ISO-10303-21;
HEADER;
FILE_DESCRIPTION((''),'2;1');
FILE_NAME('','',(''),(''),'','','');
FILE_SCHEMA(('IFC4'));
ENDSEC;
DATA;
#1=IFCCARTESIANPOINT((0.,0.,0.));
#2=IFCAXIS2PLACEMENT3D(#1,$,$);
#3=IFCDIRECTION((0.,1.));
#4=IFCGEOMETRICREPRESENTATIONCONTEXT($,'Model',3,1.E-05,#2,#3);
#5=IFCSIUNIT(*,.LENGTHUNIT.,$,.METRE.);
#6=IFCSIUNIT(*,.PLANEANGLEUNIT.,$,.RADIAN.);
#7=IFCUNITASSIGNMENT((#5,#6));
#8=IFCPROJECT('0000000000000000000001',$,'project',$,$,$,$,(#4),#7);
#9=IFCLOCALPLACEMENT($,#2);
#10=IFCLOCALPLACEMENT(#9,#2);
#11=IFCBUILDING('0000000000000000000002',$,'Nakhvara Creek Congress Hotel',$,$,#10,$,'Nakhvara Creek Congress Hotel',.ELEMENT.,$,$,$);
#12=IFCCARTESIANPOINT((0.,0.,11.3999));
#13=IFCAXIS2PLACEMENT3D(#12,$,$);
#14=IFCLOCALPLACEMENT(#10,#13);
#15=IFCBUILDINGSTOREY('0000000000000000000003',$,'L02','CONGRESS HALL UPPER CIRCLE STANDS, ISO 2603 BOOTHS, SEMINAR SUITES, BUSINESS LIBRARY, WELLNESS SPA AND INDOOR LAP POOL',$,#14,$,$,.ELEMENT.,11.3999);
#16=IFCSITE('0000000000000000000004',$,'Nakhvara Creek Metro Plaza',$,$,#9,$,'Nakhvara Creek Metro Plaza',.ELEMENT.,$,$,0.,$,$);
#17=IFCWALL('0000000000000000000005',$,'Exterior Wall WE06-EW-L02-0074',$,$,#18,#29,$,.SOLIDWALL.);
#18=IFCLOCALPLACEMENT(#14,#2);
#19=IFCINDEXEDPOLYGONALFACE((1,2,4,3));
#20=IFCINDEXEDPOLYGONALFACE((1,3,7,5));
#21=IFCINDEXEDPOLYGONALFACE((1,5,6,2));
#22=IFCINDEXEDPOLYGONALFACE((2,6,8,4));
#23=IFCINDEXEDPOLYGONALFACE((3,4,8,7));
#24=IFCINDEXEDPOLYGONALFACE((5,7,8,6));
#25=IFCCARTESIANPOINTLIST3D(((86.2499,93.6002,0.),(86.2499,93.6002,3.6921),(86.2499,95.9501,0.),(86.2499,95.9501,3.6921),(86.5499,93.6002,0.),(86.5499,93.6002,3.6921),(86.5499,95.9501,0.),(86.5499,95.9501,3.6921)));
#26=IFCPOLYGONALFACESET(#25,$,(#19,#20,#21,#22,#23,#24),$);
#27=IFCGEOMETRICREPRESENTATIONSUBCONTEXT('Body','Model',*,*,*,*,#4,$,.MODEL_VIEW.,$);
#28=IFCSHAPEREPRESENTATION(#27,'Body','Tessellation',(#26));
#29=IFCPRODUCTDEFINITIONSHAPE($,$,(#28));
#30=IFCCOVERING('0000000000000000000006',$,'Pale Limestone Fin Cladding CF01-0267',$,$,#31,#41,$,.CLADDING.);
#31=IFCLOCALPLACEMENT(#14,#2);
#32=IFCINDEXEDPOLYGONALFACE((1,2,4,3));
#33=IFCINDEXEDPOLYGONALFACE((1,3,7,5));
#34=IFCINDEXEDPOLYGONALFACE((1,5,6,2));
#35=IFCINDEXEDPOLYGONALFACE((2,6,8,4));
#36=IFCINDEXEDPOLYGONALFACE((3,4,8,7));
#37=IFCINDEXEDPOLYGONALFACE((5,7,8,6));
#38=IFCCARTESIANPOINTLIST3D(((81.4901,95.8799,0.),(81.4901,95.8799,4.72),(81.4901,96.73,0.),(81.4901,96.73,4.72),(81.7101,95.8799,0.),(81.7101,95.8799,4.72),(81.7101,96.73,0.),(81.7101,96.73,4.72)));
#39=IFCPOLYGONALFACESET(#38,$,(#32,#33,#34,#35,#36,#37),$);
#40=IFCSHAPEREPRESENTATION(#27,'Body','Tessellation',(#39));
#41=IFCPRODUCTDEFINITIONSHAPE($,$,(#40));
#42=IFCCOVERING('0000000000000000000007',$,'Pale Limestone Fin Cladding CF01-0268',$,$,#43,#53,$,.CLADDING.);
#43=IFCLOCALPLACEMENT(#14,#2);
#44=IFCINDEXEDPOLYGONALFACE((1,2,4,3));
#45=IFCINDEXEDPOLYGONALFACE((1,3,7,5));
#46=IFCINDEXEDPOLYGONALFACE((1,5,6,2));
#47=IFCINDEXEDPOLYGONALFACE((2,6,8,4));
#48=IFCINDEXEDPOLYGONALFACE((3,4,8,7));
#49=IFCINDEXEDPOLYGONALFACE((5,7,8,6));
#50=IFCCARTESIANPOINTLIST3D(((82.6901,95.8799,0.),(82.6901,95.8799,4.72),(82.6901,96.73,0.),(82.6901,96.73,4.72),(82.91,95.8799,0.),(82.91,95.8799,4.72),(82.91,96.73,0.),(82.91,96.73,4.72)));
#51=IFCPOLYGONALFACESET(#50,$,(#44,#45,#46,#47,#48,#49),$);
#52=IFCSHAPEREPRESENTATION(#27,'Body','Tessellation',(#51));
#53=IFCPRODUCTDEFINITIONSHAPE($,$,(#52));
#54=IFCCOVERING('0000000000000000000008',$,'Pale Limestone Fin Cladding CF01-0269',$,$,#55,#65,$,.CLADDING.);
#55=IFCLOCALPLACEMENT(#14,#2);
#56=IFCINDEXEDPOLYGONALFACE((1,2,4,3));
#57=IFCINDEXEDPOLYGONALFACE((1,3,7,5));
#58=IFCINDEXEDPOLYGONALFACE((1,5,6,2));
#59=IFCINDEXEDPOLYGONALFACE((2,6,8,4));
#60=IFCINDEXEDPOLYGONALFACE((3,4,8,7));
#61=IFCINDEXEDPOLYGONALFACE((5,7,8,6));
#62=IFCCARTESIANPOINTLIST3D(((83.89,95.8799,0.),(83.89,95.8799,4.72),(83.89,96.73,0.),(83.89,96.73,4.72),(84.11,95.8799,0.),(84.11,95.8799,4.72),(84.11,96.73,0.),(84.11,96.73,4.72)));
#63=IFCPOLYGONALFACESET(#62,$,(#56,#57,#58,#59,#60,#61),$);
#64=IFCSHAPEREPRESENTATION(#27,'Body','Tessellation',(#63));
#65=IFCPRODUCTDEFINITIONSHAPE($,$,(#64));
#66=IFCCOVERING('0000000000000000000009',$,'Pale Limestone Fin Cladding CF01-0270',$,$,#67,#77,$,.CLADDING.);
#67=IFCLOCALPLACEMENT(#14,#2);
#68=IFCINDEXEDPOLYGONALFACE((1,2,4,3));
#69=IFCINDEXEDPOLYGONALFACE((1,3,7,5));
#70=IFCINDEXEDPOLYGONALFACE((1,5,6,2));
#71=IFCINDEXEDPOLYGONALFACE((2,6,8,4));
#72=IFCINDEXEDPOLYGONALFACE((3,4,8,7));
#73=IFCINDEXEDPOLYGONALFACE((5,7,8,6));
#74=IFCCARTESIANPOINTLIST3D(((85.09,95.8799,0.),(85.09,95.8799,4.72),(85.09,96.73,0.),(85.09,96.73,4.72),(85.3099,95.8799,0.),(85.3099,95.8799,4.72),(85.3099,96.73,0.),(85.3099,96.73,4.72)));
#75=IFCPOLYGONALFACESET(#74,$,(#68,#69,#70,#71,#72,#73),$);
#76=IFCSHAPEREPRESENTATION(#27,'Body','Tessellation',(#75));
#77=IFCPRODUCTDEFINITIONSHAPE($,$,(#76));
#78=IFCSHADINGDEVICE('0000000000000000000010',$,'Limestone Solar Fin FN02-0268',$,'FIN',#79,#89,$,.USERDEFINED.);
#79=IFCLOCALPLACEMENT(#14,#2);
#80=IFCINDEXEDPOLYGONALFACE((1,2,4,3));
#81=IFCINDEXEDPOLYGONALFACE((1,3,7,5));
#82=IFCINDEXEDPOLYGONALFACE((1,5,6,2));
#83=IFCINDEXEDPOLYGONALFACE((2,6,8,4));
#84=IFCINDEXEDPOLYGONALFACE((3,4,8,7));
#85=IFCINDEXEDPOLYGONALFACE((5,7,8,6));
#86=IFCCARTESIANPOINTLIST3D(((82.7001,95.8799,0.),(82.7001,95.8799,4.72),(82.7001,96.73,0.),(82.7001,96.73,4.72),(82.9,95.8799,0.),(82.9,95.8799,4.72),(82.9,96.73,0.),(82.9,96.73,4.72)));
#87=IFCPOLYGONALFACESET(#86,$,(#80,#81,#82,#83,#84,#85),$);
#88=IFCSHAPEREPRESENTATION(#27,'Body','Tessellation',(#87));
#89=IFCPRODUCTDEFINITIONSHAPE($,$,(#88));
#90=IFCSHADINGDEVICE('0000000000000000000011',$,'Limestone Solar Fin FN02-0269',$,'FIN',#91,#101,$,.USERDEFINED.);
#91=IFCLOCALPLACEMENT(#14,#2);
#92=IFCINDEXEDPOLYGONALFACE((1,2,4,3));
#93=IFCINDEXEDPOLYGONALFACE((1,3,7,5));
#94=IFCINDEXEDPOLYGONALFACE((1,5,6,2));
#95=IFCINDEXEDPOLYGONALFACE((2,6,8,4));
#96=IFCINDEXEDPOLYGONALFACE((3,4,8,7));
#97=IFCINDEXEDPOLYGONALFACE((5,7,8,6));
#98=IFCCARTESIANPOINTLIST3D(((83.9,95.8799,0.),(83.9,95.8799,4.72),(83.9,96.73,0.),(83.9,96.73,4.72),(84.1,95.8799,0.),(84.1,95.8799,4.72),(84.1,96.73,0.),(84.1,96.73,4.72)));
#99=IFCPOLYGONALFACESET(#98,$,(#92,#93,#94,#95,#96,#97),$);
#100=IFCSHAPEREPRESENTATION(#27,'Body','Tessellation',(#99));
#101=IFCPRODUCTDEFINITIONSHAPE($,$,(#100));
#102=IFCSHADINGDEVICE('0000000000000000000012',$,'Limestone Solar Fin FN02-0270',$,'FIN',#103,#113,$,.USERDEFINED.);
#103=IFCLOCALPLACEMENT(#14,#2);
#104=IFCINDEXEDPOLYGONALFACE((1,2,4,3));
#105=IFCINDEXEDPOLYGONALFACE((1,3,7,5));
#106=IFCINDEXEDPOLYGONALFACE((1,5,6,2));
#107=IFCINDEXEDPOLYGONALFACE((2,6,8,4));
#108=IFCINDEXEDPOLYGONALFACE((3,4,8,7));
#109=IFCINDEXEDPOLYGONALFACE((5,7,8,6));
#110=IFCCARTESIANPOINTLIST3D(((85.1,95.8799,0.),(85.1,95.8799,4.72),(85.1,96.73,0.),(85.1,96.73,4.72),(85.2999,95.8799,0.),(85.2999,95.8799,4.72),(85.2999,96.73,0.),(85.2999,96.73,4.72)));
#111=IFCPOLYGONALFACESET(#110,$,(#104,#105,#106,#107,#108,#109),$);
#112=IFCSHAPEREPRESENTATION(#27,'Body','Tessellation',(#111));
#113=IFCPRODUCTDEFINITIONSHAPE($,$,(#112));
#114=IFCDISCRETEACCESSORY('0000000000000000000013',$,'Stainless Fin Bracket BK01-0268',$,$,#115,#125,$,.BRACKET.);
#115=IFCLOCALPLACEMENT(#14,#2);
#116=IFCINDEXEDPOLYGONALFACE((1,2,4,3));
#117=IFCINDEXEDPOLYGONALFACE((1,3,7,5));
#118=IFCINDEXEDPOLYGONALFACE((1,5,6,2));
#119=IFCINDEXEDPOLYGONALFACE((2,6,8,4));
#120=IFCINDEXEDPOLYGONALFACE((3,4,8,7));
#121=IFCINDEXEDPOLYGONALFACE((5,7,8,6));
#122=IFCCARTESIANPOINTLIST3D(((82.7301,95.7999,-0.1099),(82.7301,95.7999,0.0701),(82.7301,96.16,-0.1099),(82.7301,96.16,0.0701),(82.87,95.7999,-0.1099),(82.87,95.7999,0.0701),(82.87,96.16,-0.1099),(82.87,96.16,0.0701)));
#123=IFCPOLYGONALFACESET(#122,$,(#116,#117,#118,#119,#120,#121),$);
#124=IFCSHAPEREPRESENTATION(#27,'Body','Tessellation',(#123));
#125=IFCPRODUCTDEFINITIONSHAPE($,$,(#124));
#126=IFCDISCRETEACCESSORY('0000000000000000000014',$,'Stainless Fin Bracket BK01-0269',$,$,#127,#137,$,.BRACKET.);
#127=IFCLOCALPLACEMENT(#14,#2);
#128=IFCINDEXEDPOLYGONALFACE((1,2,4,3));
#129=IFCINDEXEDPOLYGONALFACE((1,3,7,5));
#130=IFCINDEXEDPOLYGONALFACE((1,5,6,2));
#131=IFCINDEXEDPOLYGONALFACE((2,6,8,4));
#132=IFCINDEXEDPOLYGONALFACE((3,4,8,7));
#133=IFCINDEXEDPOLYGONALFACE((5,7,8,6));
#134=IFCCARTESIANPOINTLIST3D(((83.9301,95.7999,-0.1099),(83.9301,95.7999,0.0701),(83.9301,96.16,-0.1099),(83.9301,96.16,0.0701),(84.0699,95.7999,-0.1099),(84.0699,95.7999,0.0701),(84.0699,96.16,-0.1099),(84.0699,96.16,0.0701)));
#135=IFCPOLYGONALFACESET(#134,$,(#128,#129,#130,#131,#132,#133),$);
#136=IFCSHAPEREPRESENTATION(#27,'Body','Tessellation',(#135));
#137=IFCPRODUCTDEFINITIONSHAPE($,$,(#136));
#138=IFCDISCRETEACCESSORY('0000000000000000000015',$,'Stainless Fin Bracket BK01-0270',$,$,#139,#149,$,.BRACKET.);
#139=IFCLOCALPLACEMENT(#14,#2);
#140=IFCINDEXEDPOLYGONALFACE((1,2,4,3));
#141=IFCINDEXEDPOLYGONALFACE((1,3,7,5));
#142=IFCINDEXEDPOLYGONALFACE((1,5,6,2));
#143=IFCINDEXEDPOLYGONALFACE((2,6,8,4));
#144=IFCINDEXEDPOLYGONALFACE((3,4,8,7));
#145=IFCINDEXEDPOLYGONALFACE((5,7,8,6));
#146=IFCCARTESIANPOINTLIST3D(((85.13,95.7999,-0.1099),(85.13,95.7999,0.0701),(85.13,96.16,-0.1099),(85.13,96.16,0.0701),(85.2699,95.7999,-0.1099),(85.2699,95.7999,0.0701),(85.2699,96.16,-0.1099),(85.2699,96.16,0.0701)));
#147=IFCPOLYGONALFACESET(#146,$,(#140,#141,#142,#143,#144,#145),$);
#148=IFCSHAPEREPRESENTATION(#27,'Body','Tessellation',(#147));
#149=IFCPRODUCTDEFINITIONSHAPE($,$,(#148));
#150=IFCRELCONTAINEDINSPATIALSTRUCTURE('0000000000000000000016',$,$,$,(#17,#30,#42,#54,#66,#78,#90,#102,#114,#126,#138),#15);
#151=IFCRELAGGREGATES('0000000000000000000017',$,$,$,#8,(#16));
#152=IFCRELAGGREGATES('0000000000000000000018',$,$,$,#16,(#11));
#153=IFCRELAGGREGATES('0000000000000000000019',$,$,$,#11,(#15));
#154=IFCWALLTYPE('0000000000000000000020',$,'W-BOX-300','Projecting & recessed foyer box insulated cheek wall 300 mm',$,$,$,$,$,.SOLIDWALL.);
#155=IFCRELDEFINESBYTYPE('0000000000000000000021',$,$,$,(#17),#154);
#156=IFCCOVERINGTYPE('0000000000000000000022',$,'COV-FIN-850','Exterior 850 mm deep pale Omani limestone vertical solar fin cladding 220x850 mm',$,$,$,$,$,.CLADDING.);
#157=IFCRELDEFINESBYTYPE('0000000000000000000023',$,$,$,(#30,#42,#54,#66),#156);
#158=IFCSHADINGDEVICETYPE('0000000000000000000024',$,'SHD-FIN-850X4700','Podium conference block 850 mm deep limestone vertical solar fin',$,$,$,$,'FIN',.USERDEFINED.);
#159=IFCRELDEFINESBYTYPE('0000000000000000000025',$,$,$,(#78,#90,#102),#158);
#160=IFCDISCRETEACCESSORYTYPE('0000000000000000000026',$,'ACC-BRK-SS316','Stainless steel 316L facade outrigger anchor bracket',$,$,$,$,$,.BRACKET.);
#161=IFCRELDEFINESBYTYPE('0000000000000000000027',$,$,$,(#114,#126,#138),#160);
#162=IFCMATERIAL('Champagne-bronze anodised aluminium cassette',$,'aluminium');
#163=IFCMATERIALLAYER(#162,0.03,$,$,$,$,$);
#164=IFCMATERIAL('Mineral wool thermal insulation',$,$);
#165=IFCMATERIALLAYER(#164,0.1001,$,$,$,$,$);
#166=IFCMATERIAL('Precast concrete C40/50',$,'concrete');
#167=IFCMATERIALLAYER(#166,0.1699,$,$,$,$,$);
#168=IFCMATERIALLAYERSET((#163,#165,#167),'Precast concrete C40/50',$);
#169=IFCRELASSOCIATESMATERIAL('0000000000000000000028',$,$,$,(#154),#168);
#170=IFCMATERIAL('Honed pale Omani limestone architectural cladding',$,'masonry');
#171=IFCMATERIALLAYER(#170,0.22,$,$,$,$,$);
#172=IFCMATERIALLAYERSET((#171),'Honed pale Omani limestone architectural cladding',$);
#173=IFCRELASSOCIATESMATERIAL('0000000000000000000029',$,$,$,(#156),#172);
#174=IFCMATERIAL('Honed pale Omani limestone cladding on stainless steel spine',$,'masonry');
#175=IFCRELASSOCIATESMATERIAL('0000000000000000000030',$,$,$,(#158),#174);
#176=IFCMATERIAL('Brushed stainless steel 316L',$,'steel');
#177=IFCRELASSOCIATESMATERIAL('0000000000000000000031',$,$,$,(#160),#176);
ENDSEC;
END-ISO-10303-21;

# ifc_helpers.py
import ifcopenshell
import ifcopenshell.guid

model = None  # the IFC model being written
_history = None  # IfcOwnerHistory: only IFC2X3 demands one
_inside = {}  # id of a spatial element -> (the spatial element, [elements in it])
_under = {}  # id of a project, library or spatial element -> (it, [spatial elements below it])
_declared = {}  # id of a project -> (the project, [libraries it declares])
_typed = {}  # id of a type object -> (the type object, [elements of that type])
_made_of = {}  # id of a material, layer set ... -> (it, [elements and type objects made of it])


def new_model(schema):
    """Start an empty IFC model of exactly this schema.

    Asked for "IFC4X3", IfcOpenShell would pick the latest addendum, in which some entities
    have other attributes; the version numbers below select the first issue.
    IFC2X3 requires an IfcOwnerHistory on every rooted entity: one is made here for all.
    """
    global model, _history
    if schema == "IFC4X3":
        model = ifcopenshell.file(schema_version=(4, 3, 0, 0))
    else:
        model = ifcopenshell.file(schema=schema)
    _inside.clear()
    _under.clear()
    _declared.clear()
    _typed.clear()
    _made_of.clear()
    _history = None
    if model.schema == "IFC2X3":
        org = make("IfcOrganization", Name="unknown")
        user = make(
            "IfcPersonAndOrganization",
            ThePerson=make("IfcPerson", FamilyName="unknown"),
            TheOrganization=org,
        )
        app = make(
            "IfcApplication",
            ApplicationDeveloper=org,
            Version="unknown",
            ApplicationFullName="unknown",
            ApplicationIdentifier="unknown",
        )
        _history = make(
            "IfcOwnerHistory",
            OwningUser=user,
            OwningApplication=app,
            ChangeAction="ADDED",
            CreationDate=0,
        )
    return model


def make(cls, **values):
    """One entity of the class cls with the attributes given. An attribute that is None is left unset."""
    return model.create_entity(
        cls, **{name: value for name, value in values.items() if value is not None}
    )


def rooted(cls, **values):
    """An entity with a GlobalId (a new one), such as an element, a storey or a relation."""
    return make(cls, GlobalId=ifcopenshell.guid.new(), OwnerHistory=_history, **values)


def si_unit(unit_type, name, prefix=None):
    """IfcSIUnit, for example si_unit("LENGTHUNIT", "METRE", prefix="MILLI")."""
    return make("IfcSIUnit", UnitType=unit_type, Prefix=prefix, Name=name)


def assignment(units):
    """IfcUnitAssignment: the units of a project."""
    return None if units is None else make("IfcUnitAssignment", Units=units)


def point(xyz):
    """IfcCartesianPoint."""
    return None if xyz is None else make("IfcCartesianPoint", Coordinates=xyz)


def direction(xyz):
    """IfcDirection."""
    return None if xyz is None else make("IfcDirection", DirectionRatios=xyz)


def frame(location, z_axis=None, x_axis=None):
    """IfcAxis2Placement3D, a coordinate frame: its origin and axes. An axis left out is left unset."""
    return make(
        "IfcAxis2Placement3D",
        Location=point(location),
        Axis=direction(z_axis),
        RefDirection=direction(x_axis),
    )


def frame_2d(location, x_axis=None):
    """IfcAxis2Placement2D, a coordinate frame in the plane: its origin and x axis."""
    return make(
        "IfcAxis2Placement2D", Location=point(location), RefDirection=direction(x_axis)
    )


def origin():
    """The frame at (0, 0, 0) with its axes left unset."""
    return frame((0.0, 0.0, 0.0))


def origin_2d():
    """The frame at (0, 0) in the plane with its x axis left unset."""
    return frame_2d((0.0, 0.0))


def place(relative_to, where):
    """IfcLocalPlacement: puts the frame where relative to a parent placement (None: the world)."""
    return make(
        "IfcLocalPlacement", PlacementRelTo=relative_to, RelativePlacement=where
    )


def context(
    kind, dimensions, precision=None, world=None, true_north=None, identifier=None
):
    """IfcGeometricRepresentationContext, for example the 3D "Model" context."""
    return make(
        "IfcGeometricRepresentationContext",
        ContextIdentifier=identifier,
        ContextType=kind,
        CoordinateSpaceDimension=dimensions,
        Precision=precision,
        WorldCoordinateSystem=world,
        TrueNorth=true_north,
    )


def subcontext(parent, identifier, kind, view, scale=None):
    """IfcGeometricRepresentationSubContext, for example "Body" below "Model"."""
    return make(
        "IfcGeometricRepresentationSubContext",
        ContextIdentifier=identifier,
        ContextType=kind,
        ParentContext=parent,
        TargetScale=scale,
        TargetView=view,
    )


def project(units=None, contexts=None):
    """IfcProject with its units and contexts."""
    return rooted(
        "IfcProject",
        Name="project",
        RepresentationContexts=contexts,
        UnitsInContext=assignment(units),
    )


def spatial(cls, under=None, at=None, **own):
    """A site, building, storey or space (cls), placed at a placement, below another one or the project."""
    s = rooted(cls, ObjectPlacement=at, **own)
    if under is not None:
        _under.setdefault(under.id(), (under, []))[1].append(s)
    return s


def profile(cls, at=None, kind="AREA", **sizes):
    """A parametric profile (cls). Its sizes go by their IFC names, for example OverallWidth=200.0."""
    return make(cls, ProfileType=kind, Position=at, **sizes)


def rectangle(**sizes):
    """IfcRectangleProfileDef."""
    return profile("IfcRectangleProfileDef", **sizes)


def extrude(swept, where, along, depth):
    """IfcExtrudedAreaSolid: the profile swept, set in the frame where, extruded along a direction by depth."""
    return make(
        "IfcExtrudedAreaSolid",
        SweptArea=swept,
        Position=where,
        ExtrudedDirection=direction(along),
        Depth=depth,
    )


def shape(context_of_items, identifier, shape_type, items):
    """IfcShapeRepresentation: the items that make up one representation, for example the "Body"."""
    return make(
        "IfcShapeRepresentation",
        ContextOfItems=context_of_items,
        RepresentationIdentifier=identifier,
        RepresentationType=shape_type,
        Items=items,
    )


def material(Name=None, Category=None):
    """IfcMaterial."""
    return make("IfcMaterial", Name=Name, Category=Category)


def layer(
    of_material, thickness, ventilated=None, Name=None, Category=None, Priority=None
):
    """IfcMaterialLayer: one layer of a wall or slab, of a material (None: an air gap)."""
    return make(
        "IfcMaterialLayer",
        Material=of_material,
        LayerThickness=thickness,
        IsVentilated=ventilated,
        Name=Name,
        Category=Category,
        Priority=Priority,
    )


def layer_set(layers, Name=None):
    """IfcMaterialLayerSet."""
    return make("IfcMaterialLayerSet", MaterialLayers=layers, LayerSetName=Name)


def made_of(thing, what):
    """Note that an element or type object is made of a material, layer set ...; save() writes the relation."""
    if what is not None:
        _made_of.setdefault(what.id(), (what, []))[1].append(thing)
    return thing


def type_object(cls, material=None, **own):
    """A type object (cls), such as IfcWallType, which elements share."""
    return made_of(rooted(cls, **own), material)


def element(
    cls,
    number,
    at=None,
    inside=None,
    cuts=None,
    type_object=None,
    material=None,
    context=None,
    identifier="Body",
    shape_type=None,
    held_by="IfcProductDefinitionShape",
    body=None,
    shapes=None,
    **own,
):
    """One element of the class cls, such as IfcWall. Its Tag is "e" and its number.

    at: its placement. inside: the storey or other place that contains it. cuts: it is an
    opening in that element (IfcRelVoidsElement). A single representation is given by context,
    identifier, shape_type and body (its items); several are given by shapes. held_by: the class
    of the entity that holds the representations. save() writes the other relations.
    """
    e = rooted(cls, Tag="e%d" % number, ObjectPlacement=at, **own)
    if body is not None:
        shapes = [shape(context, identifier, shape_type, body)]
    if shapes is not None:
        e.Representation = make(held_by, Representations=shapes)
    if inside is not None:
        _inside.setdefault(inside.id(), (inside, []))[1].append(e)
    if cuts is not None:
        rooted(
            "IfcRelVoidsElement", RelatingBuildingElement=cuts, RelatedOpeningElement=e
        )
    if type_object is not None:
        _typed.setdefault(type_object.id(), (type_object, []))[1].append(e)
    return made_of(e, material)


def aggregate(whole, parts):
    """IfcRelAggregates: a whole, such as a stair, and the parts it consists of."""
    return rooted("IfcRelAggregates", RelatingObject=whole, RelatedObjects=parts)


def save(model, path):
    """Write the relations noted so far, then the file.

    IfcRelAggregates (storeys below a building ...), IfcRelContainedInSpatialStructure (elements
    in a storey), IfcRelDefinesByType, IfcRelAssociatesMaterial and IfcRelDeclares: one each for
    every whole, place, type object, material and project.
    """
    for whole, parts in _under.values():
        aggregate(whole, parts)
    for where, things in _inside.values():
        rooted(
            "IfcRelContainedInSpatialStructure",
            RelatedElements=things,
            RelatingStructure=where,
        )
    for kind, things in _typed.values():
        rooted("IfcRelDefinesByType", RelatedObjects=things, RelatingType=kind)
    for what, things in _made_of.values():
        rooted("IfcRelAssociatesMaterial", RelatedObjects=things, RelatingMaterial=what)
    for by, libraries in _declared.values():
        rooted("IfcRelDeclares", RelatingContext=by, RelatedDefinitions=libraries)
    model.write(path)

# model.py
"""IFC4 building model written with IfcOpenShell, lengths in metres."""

from ifc_helpers import new_model, si_unit, direction, frame, frame_2d, origin, origin_2d, place, context, subcontext, project, spatial, rectangle, extrude, material, layer, layer_set, type_object, element, save


model = new_model("IFC4")

# Units and contexts
model_context = context("Model", 3, precision=1e-05, world=origin(), true_north=direction((0.0, 1.0)))
body_context = subcontext(model_context, "Body", "Model", "MODEL_VIEW")
ifc_project = project(units=[si_unit("LENGTHUNIT", "METRE"), si_unit("PLANEANGLEUNIT", "RADIAN")], contexts=[model_context])

# Site, building, storey
site_placement = place(None, origin())
site = spatial("IfcSite", under=ifc_project, at=site_placement, Name="Nakhvara Creek Metro Plaza", LongName="Nakhvara Creek Metro Plaza", CompositionType="ELEMENT", RefElevation=0.0)
building_placement = place(site_placement, origin())
building = spatial("IfcBuilding", under=site, at=building_placement, Name="Nakhvara Creek Congress Hotel", LongName="Nakhvara Creek Congress Hotel", CompositionType="ELEMENT")
storey_placement = place(building_placement, frame((0.0, 0.0, 11.3999)))
storey = spatial("IfcBuildingStorey", under=building, at=storey_placement, Name="L02", Description="CONGRESS HALL UPPER CIRCLE STANDS, ISO 2603 BOOTHS, SEMINAR SUITES, BUSINESS LIBRARY, WELLNESS SPA AND INDOOR LAP POOL", CompositionType="ELEMENT", Elevation=11.3999)

# Wall
ifc_material_1 = material(Name="Champagne-bronze anodised aluminium cassette", Category="aluminium")
ifc_layer_1 = layer(ifc_material_1, 0.03)
ifc_material_2 = material(Name="Mineral wool thermal insulation")
ifc_layer_2 = layer(ifc_material_2, 0.1001)
ifc_material_3 = material(Name="Precast concrete C40/50", Category="concrete")
ifc_layer_3 = layer(ifc_material_3, 0.1699)
ifc_layer_set_1 = layer_set([ifc_layer_1, ifc_layer_2, ifc_layer_3], Name="Precast concrete C40/50")
wall_type = type_object("IfcWallType", Name="W-BOX-300", Description="Projecting & recessed foyer box insulated cheek wall 300 mm", PredefinedType="SOLIDWALL", material=ifc_layer_set_1)
wall_placement = place(storey_placement, frame((86.3999, 95.95, 0.0), z_axis=(0.0, 0.0, 1.0), x_axis=(0.0, -1.0, 0.0)))
element("IfcWall", 1, at=wall_placement, inside=storey, type_object=wall_type, Name="Exterior Wall WE06-EW-L02-0074", PredefinedType="SOLIDWALL", context=body_context, shape_type="SweptSolid", body=[
    extrude(rectangle(XDim=2.3499, YDim=0.3, at=frame_2d((1.1748, 0.0))), origin(), (0.0, 0.0, 1.0), 3.6921),
])

# Coverings
ifc_material_4 = material(Name="Honed pale Omani limestone architectural cladding", Category="masonry")
ifc_layer_4 = layer(ifc_material_4, 0.22)
ifc_layer_set_2 = layer_set([ifc_layer_4], Name="Honed pale Omani limestone architectural cladding")
covering_type = type_object("IfcCoveringType", Name="COV-FIN-850", Description="Exterior 850 mm deep pale Omani limestone vertical solar fin cladding 220x850 mm", PredefinedType="CLADDING", material=ifc_layer_set_2)
for number, where, z_axis, x_axis, name in (
    (2, (81.6001, 96.3049, 0.0), (0.0, 0.0, 1.0), (1.0, 0.0, 0.0), "Pale Limestone Fin Cladding CF01-0267"),
    (3, (82.8, 96.3049, 0.0), (0.0, 0.0, 1.0), (1.0, 0.0, 0.0), "Pale Limestone Fin Cladding CF01-0268"),
    (4, (84.0, 96.3049, 0.0), (0.0, 0.0, 1.0), (1.0, 0.0, 0.0), "Pale Limestone Fin Cladding CF01-0269"),
    (5, (85.2, 96.3049, 0.0), (0.0, 0.0, 1.0), (1.0, 0.0, 0.0), "Pale Limestone Fin Cladding CF01-0270"),
):
    element("IfcCovering", number, at=place(storey_placement, frame(where, z_axis=z_axis, x_axis=x_axis)), inside=storey, type_object=covering_type, Name=name, PredefinedType="CLADDING", context=body_context, shape_type="SweptSolid", body=[
        extrude(rectangle(XDim=0.22, YDim=0.8501, at=origin_2d()), origin(), (0.0, 0.0, 1.0), 4.72),
    ])

# Shading devices
ifc_material_5 = material(Name="Honed pale Omani limestone cladding on stainless steel spine", Category="masonry")
shading_device_type = type_object("IfcShadingDeviceType", Name="SHD-FIN-850X4700", Description="Podium conference block 850 mm deep limestone vertical solar fin", ElementType="FIN", PredefinedType="USERDEFINED", material=ifc_material_5)
for number, where, z_axis, x_axis, name in (
    (6, (82.8, 96.3049, 0.0), (0.0, 0.0, 1.0), (1.0, 0.0, 0.0), "Limestone Solar Fin FN02-0268"),
    (7, (84.0, 96.3049, 0.0), (0.0, 0.0, 1.0), (1.0, 0.0, 0.0), "Limestone Solar Fin FN02-0269"),
    (8, (85.2, 96.3049, 0.0), (0.0, 0.0, 1.0), (1.0, 0.0, 0.0), "Limestone Solar Fin FN02-0270"),
):
    element("IfcShadingDevice", number, at=place(storey_placement, frame(where, z_axis=z_axis, x_axis=x_axis)), inside=storey, type_object=shading_device_type, Name=name, ObjectType="FIN", PredefinedType="USERDEFINED", context=body_context, shape_type="SweptSolid", body=[
        extrude(rectangle(XDim=0.2, YDim=0.8501, at=origin_2d()), origin(), (0.0, 0.0, 1.0), 4.72),
    ])

# Discrete accessories
ifc_material_6 = material(Name="Brushed stainless steel 316L", Category="steel")
discrete_accessory_type = type_object("IfcDiscreteAccessoryType", Name="ACC-BRK-SS316", Description="Stainless steel 316L facade outrigger anchor bracket", PredefinedType="BRACKET", material=ifc_material_6)
for number, where, z_axis, x_axis, name in (
    (9, (82.8, 95.98, -0.1099), (0.0, 0.0, 1.0), (1.0, 0.0, 0.0), "Stainless Fin Bracket BK01-0268"),
    (10, (84.0, 95.98, -0.1099), (0.0, 0.0, 1.0), (1.0, 0.0, 0.0), "Stainless Fin Bracket BK01-0269"),
    (11, (85.2, 95.98, -0.1099), (0.0, 0.0, 1.0), (1.0, 0.0, 0.0), "Stainless Fin Bracket BK01-0270"),
):
    element("IfcDiscreteAccessory", number, at=place(storey_placement, frame(where, z_axis=z_axis, x_axis=x_axis)), inside=storey, type_object=discrete_accessory_type, Name=name, PredefinedType="BRACKET", context=body_context, shape_type="SweptSolid", body=[
        extrude(rectangle(XDim=0.1399, YDim=0.3601, at=origin_2d()), origin(), (0.0, 0.0, 1.0), 0.1799),
    ])

save(model, "model.ifc")
